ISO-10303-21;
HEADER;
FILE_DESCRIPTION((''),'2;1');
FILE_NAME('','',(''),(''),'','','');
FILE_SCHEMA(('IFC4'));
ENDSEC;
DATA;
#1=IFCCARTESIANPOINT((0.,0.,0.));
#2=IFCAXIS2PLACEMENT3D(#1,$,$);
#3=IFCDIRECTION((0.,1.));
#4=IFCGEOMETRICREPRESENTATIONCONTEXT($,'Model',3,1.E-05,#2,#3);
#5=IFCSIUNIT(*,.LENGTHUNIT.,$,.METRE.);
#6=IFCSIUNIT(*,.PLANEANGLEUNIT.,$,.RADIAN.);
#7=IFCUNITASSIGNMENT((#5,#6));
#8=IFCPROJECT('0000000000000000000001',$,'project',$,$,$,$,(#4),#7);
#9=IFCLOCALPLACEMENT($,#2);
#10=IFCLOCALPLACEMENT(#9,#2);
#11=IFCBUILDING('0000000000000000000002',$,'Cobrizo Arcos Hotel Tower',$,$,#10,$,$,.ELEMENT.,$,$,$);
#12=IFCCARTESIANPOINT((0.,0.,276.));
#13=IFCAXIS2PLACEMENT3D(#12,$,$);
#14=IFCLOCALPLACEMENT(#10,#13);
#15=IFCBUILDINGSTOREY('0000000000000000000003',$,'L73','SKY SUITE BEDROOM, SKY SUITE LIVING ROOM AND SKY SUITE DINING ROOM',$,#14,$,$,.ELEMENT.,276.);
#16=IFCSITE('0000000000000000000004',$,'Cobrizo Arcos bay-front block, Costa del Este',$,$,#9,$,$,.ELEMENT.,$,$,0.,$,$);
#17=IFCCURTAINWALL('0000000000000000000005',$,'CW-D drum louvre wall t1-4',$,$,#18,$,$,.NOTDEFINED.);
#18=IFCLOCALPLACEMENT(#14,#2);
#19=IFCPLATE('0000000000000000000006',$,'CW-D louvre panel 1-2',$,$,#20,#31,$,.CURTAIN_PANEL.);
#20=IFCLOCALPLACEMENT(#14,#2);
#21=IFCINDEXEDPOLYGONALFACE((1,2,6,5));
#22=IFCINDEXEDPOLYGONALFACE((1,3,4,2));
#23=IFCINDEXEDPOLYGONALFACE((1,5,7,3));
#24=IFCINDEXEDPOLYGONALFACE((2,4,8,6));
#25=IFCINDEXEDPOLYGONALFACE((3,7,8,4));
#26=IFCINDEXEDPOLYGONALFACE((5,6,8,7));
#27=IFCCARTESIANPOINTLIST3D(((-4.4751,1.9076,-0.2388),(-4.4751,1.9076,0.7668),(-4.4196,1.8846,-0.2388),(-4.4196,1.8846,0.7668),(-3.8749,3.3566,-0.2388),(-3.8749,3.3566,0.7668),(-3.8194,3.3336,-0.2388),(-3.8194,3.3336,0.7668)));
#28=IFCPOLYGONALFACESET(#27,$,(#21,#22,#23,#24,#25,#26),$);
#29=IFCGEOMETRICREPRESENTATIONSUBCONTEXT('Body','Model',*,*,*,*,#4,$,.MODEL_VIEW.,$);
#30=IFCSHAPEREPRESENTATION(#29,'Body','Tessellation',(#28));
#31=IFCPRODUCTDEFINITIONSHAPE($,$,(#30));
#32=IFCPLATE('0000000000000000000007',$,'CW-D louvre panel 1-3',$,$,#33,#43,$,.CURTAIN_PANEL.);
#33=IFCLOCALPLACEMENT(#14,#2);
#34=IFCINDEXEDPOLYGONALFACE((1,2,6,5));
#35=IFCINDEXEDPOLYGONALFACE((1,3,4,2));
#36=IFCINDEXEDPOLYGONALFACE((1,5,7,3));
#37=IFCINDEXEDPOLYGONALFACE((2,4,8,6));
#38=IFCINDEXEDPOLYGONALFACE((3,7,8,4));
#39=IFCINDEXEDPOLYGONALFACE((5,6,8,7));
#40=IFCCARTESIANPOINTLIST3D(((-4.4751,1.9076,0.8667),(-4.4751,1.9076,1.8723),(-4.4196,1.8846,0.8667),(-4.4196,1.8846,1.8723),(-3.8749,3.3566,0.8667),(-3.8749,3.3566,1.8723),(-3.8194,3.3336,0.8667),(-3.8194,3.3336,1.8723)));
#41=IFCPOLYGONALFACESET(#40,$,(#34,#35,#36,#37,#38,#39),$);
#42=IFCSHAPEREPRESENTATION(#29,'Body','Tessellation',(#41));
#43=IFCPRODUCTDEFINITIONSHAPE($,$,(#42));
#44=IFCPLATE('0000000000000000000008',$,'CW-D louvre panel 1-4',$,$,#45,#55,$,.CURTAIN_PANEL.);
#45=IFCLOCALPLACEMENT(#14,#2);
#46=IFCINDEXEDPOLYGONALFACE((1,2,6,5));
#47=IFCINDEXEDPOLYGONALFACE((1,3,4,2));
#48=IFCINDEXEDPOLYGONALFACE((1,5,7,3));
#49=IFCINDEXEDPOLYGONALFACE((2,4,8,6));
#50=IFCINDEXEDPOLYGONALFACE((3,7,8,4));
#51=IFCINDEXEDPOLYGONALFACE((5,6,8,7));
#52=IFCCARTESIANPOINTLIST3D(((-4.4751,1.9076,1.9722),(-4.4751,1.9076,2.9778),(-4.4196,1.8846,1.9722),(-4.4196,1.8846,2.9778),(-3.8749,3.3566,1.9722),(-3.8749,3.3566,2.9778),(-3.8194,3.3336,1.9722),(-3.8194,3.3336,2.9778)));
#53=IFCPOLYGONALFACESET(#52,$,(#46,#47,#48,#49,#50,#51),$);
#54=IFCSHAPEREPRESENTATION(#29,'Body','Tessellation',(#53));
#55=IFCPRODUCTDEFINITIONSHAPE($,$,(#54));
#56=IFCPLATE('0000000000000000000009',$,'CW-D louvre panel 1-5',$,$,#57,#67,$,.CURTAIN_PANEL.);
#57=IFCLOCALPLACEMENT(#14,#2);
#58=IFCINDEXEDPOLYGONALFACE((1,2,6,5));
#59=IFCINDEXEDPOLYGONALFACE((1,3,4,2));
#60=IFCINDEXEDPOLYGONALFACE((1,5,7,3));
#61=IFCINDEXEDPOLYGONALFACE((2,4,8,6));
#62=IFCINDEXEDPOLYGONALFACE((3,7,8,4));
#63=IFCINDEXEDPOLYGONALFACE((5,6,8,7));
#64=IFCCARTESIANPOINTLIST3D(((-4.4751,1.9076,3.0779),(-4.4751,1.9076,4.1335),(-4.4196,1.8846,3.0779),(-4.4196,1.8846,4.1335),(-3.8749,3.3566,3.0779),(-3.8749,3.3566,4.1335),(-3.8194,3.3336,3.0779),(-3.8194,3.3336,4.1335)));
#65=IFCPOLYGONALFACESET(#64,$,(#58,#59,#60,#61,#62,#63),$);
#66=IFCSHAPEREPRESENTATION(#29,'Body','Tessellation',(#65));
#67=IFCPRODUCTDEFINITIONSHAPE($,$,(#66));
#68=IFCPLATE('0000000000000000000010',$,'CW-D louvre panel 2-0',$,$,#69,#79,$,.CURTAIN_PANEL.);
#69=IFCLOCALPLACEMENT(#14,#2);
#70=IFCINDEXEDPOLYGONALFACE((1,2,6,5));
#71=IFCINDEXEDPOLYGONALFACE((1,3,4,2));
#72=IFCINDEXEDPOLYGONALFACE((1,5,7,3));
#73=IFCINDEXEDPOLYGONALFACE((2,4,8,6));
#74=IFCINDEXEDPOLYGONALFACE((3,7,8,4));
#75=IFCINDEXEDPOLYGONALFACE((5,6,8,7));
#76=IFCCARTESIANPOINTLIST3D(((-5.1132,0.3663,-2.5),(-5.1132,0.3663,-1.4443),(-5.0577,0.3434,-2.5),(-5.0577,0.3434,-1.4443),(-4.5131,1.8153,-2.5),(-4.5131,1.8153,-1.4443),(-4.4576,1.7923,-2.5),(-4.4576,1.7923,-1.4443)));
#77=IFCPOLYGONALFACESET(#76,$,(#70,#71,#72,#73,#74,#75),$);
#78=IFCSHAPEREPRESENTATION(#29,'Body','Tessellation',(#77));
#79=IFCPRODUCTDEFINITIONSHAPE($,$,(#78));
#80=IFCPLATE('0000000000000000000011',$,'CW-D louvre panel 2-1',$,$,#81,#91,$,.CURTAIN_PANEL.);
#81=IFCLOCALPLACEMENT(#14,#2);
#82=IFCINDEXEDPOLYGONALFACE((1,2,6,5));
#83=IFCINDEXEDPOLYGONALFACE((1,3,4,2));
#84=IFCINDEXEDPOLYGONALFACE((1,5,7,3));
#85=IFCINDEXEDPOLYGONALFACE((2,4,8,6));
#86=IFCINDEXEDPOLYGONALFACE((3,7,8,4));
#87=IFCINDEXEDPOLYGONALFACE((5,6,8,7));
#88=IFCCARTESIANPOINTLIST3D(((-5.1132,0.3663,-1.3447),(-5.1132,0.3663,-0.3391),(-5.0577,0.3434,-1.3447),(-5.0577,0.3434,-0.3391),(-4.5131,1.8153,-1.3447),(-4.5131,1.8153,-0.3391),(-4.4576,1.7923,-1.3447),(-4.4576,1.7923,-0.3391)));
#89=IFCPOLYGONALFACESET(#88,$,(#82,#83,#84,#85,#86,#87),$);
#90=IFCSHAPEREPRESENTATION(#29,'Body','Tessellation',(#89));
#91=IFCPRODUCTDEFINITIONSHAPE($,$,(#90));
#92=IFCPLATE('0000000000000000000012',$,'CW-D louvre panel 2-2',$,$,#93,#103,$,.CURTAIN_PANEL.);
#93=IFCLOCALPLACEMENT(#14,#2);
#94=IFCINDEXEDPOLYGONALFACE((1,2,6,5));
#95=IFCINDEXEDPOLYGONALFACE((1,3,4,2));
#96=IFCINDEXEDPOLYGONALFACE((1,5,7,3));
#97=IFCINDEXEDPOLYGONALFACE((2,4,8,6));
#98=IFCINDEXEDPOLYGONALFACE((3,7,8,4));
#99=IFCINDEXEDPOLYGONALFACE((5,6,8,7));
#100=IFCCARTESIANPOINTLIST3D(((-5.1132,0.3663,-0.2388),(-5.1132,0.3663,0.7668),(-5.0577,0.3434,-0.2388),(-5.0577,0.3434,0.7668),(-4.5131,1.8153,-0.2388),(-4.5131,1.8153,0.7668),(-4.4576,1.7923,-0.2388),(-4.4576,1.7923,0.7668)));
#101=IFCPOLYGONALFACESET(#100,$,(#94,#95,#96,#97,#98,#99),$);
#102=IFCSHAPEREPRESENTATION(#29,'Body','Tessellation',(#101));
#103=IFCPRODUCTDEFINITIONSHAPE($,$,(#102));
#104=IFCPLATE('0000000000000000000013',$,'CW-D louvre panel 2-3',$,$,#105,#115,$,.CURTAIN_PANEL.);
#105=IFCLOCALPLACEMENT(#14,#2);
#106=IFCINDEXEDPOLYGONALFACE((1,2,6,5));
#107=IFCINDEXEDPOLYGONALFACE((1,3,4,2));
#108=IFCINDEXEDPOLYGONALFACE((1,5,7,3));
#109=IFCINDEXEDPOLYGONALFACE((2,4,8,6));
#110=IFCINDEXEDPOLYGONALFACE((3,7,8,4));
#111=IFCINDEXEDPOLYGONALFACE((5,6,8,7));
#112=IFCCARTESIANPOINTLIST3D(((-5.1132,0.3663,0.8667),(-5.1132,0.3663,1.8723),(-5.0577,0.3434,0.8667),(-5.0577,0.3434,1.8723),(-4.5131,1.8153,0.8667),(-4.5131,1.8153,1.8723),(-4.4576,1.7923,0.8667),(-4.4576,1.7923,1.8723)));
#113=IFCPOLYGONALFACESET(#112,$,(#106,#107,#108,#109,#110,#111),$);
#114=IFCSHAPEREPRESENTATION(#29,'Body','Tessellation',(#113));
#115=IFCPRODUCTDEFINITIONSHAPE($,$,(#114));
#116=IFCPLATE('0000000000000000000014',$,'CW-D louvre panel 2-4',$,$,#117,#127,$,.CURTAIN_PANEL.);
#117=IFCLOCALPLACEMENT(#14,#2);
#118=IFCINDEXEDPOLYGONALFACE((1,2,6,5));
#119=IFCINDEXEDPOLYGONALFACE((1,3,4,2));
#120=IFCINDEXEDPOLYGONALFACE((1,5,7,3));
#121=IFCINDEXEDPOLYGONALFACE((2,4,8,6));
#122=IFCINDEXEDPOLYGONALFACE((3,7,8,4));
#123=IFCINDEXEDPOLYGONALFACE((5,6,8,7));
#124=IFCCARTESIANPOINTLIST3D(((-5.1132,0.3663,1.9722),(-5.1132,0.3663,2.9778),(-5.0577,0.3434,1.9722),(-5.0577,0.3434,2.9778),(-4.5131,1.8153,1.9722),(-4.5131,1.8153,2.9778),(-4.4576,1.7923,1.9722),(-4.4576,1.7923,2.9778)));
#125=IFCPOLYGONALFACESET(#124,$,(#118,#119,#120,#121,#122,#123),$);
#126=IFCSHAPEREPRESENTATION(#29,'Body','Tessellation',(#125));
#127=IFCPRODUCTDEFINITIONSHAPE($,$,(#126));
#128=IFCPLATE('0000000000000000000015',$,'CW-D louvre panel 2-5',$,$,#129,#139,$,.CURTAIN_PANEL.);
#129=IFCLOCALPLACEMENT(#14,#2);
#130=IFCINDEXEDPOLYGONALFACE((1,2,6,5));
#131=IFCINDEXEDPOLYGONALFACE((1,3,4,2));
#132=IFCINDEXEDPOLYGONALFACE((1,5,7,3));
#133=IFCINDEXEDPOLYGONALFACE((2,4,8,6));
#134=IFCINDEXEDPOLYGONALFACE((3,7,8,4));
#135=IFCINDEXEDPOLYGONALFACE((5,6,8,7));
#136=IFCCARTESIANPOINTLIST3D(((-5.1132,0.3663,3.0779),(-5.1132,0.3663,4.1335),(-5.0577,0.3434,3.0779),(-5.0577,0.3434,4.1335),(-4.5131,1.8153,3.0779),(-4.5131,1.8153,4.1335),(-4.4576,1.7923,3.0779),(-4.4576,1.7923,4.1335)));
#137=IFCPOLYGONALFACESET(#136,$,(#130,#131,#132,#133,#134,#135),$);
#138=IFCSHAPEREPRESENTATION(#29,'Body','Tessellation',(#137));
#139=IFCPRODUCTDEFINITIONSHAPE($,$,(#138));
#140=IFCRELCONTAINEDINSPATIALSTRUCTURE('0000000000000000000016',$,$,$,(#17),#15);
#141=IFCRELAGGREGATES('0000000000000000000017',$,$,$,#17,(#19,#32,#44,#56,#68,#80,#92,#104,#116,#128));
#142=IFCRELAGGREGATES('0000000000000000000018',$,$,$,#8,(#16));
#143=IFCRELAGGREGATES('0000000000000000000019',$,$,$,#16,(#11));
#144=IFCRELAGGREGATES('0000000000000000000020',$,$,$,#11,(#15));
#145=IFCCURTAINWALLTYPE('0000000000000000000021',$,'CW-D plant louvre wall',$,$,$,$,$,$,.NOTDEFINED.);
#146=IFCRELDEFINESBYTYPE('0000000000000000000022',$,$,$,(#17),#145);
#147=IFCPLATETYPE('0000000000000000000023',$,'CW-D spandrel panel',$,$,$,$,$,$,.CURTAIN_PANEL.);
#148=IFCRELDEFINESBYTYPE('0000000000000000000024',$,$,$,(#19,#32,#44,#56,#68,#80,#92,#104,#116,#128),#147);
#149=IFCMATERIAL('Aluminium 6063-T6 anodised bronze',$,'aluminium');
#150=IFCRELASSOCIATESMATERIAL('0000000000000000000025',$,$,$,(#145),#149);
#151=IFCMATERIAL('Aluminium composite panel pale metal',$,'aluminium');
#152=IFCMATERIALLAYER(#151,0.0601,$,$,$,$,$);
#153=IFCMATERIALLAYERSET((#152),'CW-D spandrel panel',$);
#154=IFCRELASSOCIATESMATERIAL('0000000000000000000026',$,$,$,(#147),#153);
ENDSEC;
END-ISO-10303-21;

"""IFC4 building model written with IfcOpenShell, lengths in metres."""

from ifc_helpers import new_model, si_unit, direction, frame, origin, origin_2d, place, context, subcontext, project, spatial, rectangle, extrude, material, layer, layer_set, type_object, element, aggregate, save


model = new_model("IFC4")

# Units and contexts
model_context = context("Model", 3, precision=1e-05, world=origin(), true_north=direction((0.0, 1.0)))
body_context = subcontext(model_context, "Body", "Model", "MODEL_VIEW")
ifc_project = project(units=[si_unit("LENGTHUNIT", "METRE"), si_unit("PLANEANGLEUNIT", "RADIAN")], contexts=[model_context])

# Site, building, storey
site_placement = place(None, origin())
site = spatial("IfcSite", under=ifc_project, at=site_placement, Name="Cobrizo Arcos bay-front block, Costa del Este", CompositionType="ELEMENT", RefElevation=0.0)
building_placement = place(site_placement, origin())
building = spatial("IfcBuilding", under=site, at=building_placement, Name="Cobrizo Arcos Hotel Tower", CompositionType="ELEMENT")
storey_placement = place(building_placement, frame((0.0, 0.0, 276.0)))
storey = spatial("IfcBuildingStorey", under=building, at=storey_placement, Name="L73", Description="SKY SUITE BEDROOM, SKY SUITE LIVING ROOM AND SKY SUITE DINING ROOM", CompositionType="ELEMENT", Elevation=276.0)

# Shared definitions
ifc_material_1 = material(Name="Aluminium 6063-T6 anodised bronze", Category="aluminium")
curtain_wall_type = type_object("IfcCurtainWallType", Name="CW-D plant louvre wall", PredefinedType="NOTDEFINED", material=ifc_material_1)

# Curtain wall
curtain_wall_1_placement = place(storey_placement, origin())
curtain_wall_1 = element("IfcCurtainWall", 1, at=curtain_wall_1_placement, inside=storey, type_object=curtain_wall_type, Name="CW-D drum louvre wall t1-4", PredefinedType="NOTDEFINED")

# Plates
ifc_material_2 = material(Name="Aluminium composite panel pale metal", Category="aluminium")
ifc_layer_1 = layer(ifc_material_2, 0.0601)
ifc_layer_set_1 = layer_set([ifc_layer_1], Name="CW-D spandrel panel")
plate_type = type_object("IfcPlateType", Name="CW-D spandrel panel", PredefinedType="CURTAIN_PANEL", material=ifc_layer_set_1)
plate_1_placement = place(storey_placement, frame((-4.1472, 2.6206, -0.2388), z_axis=(0.0, 0.0, 1.0), x_axis=(-0.382683, -0.92388, 0.0)))
plate_1 = element("IfcPlate", 2, at=plate_1_placement, type_object=plate_type, Name="CW-D louvre panel 1-2", PredefinedType="CURTAIN_PANEL", context=body_context, shape_type="SweptSolid", body=[
    extrude(rectangle(XDim=1.5684, YDim=0.0601, at=origin_2d()), origin(), (0.0, 0.0, 1.0), 1.0056),
])
plate_2_placement = place(storey_placement, frame((-4.1472, 2.6206, 0.8667), z_axis=(0.0, 0.0, 1.0), x_axis=(-0.382683, -0.92388, 0.0)))
plate_2 = element("IfcPlate", 3, at=plate_2_placement, type_object=plate_type, Name="CW-D louvre panel 1-3", PredefinedType="CURTAIN_PANEL", context=body_context, shape_type="SweptSolid", body=[
    extrude(rectangle(XDim=1.5684, YDim=0.0601, at=origin_2d()), origin(), (0.0, 0.0, 1.0), 1.0056),
])
plate_3_placement = place(storey_placement, frame((-4.1472, 2.6206, 1.9722), z_axis=(0.0, 0.0, 1.0), x_axis=(-0.382683, -0.92388, 0.0)))
plate_3 = element("IfcPlate", 4, at=plate_3_placement, type_object=plate_type, Name="CW-D louvre panel 1-4", PredefinedType="CURTAIN_PANEL", context=body_context, shape_type="SweptSolid", body=[
    extrude(rectangle(XDim=1.5684, YDim=0.0601, at=origin_2d()), origin(), (0.0, 0.0, 1.0), 1.0056),
])
plate_4_placement = place(storey_placement, frame((-4.1472, 2.6206, 3.0779), z_axis=(0.0, 0.0, 1.0), x_axis=(-0.382683, -0.92388, 0.0)))
plate_4 = element("IfcPlate", 5, at=plate_4_placement, type_object=plate_type, Name="CW-D louvre panel 1-5", PredefinedType="CURTAIN_PANEL", context=body_context, shape_type="SweptSolid", body=[
    extrude(rectangle(XDim=1.5684, YDim=0.0601, at=origin_2d()), origin(), (0.0, 0.0, 1.0), 1.0557),
])
plate_5_placement = place(storey_placement, frame((-4.7854, 1.0793, -2.5), z_axis=(0.0, 0.0, 1.0), x_axis=(-0.382683, -0.92388, 0.0)))
plate_5 = element("IfcPlate", 6, at=plate_5_placement, type_object=plate_type, Name="CW-D louvre panel 2-0", PredefinedType="CURTAIN_PANEL", context=body_context, shape_type="SweptSolid", body=[
    extrude(rectangle(XDim=1.5684, YDim=0.0601, at=origin_2d()), origin(), (0.0, 0.0, 1.0), 1.0557),
])
plate_6_placement = place(storey_placement, frame((-4.7854, 1.0793, -1.3447), z_axis=(0.0, 0.0, 1.0), x_axis=(-0.382683, -0.92388, 0.0)))
plate_6 = element("IfcPlate", 7, at=plate_6_placement, type_object=plate_type, Name="CW-D louvre panel 2-1", PredefinedType="CURTAIN_PANEL", context=body_context, shape_type="SweptSolid", body=[
    extrude(rectangle(XDim=1.5684, YDim=0.0601, at=origin_2d()), origin(), (0.0, 0.0, 1.0), 1.0056),
])
plate_7_placement = place(storey_placement, frame((-4.7854, 1.0793, -0.2388), z_axis=(0.0, 0.0, 1.0), x_axis=(-0.382683, -0.92388, 0.0)))
plate_7 = element("IfcPlate", 8, at=plate_7_placement, type_object=plate_type, Name="CW-D louvre panel 2-2", PredefinedType="CURTAIN_PANEL", context=body_context, shape_type="SweptSolid", body=[
    extrude(rectangle(XDim=1.5684, YDim=0.0601, at=origin_2d()), origin(), (0.0, 0.0, 1.0), 1.0056),
])
plate_8_placement = place(storey_placement, frame((-4.7854, 1.0793, 0.8667), z_axis=(0.0, 0.0, 1.0), x_axis=(-0.382683, -0.92388, 0.0)))
plate_8 = element("IfcPlate", 9, at=plate_8_placement, type_object=plate_type, Name="CW-D louvre panel 2-3", PredefinedType="CURTAIN_PANEL", context=body_context, shape_type="SweptSolid", body=[
    extrude(rectangle(XDim=1.5684, YDim=0.0601, at=origin_2d()), origin(), (0.0, 0.0, 1.0), 1.0056),
])
plate_9_placement = place(storey_placement, frame((-4.7854, 1.0793, 1.9722), z_axis=(0.0, 0.0, 1.0), x_axis=(-0.382683, -0.92388, 0.0)))
plate_9 = element("IfcPlate", 10, at=plate_9_placement, type_object=plate_type, Name="CW-D louvre panel 2-4", PredefinedType="CURTAIN_PANEL", context=body_context, shape_type="SweptSolid", body=[
    extrude(rectangle(XDim=1.5684, YDim=0.0601, at=origin_2d()), origin(), (0.0, 0.0, 1.0), 1.0056),
])
plate_10_placement = place(storey_placement, frame((-4.7854, 1.0793, 3.0779), z_axis=(0.0, 0.0, 1.0), x_axis=(-0.382683, -0.92388, 0.0)))
plate_10 = element("IfcPlate", 11, at=plate_10_placement, type_object=plate_type, Name="CW-D louvre panel 2-5", PredefinedType="CURTAIN_PANEL", context=body_context, shape_type="SweptSolid", body=[
    extrude(rectangle(XDim=1.5684, YDim=0.0601, at=origin_2d()), origin(), (0.0, 0.0, 1.0), 1.0557),
])
aggregate(curtain_wall_1, [plate_1, plate_2, plate_3, plate_4, plate_5, plate_6, plate_7, plate_8, plate_9, plate_10])

save(model, "model.ifc")
